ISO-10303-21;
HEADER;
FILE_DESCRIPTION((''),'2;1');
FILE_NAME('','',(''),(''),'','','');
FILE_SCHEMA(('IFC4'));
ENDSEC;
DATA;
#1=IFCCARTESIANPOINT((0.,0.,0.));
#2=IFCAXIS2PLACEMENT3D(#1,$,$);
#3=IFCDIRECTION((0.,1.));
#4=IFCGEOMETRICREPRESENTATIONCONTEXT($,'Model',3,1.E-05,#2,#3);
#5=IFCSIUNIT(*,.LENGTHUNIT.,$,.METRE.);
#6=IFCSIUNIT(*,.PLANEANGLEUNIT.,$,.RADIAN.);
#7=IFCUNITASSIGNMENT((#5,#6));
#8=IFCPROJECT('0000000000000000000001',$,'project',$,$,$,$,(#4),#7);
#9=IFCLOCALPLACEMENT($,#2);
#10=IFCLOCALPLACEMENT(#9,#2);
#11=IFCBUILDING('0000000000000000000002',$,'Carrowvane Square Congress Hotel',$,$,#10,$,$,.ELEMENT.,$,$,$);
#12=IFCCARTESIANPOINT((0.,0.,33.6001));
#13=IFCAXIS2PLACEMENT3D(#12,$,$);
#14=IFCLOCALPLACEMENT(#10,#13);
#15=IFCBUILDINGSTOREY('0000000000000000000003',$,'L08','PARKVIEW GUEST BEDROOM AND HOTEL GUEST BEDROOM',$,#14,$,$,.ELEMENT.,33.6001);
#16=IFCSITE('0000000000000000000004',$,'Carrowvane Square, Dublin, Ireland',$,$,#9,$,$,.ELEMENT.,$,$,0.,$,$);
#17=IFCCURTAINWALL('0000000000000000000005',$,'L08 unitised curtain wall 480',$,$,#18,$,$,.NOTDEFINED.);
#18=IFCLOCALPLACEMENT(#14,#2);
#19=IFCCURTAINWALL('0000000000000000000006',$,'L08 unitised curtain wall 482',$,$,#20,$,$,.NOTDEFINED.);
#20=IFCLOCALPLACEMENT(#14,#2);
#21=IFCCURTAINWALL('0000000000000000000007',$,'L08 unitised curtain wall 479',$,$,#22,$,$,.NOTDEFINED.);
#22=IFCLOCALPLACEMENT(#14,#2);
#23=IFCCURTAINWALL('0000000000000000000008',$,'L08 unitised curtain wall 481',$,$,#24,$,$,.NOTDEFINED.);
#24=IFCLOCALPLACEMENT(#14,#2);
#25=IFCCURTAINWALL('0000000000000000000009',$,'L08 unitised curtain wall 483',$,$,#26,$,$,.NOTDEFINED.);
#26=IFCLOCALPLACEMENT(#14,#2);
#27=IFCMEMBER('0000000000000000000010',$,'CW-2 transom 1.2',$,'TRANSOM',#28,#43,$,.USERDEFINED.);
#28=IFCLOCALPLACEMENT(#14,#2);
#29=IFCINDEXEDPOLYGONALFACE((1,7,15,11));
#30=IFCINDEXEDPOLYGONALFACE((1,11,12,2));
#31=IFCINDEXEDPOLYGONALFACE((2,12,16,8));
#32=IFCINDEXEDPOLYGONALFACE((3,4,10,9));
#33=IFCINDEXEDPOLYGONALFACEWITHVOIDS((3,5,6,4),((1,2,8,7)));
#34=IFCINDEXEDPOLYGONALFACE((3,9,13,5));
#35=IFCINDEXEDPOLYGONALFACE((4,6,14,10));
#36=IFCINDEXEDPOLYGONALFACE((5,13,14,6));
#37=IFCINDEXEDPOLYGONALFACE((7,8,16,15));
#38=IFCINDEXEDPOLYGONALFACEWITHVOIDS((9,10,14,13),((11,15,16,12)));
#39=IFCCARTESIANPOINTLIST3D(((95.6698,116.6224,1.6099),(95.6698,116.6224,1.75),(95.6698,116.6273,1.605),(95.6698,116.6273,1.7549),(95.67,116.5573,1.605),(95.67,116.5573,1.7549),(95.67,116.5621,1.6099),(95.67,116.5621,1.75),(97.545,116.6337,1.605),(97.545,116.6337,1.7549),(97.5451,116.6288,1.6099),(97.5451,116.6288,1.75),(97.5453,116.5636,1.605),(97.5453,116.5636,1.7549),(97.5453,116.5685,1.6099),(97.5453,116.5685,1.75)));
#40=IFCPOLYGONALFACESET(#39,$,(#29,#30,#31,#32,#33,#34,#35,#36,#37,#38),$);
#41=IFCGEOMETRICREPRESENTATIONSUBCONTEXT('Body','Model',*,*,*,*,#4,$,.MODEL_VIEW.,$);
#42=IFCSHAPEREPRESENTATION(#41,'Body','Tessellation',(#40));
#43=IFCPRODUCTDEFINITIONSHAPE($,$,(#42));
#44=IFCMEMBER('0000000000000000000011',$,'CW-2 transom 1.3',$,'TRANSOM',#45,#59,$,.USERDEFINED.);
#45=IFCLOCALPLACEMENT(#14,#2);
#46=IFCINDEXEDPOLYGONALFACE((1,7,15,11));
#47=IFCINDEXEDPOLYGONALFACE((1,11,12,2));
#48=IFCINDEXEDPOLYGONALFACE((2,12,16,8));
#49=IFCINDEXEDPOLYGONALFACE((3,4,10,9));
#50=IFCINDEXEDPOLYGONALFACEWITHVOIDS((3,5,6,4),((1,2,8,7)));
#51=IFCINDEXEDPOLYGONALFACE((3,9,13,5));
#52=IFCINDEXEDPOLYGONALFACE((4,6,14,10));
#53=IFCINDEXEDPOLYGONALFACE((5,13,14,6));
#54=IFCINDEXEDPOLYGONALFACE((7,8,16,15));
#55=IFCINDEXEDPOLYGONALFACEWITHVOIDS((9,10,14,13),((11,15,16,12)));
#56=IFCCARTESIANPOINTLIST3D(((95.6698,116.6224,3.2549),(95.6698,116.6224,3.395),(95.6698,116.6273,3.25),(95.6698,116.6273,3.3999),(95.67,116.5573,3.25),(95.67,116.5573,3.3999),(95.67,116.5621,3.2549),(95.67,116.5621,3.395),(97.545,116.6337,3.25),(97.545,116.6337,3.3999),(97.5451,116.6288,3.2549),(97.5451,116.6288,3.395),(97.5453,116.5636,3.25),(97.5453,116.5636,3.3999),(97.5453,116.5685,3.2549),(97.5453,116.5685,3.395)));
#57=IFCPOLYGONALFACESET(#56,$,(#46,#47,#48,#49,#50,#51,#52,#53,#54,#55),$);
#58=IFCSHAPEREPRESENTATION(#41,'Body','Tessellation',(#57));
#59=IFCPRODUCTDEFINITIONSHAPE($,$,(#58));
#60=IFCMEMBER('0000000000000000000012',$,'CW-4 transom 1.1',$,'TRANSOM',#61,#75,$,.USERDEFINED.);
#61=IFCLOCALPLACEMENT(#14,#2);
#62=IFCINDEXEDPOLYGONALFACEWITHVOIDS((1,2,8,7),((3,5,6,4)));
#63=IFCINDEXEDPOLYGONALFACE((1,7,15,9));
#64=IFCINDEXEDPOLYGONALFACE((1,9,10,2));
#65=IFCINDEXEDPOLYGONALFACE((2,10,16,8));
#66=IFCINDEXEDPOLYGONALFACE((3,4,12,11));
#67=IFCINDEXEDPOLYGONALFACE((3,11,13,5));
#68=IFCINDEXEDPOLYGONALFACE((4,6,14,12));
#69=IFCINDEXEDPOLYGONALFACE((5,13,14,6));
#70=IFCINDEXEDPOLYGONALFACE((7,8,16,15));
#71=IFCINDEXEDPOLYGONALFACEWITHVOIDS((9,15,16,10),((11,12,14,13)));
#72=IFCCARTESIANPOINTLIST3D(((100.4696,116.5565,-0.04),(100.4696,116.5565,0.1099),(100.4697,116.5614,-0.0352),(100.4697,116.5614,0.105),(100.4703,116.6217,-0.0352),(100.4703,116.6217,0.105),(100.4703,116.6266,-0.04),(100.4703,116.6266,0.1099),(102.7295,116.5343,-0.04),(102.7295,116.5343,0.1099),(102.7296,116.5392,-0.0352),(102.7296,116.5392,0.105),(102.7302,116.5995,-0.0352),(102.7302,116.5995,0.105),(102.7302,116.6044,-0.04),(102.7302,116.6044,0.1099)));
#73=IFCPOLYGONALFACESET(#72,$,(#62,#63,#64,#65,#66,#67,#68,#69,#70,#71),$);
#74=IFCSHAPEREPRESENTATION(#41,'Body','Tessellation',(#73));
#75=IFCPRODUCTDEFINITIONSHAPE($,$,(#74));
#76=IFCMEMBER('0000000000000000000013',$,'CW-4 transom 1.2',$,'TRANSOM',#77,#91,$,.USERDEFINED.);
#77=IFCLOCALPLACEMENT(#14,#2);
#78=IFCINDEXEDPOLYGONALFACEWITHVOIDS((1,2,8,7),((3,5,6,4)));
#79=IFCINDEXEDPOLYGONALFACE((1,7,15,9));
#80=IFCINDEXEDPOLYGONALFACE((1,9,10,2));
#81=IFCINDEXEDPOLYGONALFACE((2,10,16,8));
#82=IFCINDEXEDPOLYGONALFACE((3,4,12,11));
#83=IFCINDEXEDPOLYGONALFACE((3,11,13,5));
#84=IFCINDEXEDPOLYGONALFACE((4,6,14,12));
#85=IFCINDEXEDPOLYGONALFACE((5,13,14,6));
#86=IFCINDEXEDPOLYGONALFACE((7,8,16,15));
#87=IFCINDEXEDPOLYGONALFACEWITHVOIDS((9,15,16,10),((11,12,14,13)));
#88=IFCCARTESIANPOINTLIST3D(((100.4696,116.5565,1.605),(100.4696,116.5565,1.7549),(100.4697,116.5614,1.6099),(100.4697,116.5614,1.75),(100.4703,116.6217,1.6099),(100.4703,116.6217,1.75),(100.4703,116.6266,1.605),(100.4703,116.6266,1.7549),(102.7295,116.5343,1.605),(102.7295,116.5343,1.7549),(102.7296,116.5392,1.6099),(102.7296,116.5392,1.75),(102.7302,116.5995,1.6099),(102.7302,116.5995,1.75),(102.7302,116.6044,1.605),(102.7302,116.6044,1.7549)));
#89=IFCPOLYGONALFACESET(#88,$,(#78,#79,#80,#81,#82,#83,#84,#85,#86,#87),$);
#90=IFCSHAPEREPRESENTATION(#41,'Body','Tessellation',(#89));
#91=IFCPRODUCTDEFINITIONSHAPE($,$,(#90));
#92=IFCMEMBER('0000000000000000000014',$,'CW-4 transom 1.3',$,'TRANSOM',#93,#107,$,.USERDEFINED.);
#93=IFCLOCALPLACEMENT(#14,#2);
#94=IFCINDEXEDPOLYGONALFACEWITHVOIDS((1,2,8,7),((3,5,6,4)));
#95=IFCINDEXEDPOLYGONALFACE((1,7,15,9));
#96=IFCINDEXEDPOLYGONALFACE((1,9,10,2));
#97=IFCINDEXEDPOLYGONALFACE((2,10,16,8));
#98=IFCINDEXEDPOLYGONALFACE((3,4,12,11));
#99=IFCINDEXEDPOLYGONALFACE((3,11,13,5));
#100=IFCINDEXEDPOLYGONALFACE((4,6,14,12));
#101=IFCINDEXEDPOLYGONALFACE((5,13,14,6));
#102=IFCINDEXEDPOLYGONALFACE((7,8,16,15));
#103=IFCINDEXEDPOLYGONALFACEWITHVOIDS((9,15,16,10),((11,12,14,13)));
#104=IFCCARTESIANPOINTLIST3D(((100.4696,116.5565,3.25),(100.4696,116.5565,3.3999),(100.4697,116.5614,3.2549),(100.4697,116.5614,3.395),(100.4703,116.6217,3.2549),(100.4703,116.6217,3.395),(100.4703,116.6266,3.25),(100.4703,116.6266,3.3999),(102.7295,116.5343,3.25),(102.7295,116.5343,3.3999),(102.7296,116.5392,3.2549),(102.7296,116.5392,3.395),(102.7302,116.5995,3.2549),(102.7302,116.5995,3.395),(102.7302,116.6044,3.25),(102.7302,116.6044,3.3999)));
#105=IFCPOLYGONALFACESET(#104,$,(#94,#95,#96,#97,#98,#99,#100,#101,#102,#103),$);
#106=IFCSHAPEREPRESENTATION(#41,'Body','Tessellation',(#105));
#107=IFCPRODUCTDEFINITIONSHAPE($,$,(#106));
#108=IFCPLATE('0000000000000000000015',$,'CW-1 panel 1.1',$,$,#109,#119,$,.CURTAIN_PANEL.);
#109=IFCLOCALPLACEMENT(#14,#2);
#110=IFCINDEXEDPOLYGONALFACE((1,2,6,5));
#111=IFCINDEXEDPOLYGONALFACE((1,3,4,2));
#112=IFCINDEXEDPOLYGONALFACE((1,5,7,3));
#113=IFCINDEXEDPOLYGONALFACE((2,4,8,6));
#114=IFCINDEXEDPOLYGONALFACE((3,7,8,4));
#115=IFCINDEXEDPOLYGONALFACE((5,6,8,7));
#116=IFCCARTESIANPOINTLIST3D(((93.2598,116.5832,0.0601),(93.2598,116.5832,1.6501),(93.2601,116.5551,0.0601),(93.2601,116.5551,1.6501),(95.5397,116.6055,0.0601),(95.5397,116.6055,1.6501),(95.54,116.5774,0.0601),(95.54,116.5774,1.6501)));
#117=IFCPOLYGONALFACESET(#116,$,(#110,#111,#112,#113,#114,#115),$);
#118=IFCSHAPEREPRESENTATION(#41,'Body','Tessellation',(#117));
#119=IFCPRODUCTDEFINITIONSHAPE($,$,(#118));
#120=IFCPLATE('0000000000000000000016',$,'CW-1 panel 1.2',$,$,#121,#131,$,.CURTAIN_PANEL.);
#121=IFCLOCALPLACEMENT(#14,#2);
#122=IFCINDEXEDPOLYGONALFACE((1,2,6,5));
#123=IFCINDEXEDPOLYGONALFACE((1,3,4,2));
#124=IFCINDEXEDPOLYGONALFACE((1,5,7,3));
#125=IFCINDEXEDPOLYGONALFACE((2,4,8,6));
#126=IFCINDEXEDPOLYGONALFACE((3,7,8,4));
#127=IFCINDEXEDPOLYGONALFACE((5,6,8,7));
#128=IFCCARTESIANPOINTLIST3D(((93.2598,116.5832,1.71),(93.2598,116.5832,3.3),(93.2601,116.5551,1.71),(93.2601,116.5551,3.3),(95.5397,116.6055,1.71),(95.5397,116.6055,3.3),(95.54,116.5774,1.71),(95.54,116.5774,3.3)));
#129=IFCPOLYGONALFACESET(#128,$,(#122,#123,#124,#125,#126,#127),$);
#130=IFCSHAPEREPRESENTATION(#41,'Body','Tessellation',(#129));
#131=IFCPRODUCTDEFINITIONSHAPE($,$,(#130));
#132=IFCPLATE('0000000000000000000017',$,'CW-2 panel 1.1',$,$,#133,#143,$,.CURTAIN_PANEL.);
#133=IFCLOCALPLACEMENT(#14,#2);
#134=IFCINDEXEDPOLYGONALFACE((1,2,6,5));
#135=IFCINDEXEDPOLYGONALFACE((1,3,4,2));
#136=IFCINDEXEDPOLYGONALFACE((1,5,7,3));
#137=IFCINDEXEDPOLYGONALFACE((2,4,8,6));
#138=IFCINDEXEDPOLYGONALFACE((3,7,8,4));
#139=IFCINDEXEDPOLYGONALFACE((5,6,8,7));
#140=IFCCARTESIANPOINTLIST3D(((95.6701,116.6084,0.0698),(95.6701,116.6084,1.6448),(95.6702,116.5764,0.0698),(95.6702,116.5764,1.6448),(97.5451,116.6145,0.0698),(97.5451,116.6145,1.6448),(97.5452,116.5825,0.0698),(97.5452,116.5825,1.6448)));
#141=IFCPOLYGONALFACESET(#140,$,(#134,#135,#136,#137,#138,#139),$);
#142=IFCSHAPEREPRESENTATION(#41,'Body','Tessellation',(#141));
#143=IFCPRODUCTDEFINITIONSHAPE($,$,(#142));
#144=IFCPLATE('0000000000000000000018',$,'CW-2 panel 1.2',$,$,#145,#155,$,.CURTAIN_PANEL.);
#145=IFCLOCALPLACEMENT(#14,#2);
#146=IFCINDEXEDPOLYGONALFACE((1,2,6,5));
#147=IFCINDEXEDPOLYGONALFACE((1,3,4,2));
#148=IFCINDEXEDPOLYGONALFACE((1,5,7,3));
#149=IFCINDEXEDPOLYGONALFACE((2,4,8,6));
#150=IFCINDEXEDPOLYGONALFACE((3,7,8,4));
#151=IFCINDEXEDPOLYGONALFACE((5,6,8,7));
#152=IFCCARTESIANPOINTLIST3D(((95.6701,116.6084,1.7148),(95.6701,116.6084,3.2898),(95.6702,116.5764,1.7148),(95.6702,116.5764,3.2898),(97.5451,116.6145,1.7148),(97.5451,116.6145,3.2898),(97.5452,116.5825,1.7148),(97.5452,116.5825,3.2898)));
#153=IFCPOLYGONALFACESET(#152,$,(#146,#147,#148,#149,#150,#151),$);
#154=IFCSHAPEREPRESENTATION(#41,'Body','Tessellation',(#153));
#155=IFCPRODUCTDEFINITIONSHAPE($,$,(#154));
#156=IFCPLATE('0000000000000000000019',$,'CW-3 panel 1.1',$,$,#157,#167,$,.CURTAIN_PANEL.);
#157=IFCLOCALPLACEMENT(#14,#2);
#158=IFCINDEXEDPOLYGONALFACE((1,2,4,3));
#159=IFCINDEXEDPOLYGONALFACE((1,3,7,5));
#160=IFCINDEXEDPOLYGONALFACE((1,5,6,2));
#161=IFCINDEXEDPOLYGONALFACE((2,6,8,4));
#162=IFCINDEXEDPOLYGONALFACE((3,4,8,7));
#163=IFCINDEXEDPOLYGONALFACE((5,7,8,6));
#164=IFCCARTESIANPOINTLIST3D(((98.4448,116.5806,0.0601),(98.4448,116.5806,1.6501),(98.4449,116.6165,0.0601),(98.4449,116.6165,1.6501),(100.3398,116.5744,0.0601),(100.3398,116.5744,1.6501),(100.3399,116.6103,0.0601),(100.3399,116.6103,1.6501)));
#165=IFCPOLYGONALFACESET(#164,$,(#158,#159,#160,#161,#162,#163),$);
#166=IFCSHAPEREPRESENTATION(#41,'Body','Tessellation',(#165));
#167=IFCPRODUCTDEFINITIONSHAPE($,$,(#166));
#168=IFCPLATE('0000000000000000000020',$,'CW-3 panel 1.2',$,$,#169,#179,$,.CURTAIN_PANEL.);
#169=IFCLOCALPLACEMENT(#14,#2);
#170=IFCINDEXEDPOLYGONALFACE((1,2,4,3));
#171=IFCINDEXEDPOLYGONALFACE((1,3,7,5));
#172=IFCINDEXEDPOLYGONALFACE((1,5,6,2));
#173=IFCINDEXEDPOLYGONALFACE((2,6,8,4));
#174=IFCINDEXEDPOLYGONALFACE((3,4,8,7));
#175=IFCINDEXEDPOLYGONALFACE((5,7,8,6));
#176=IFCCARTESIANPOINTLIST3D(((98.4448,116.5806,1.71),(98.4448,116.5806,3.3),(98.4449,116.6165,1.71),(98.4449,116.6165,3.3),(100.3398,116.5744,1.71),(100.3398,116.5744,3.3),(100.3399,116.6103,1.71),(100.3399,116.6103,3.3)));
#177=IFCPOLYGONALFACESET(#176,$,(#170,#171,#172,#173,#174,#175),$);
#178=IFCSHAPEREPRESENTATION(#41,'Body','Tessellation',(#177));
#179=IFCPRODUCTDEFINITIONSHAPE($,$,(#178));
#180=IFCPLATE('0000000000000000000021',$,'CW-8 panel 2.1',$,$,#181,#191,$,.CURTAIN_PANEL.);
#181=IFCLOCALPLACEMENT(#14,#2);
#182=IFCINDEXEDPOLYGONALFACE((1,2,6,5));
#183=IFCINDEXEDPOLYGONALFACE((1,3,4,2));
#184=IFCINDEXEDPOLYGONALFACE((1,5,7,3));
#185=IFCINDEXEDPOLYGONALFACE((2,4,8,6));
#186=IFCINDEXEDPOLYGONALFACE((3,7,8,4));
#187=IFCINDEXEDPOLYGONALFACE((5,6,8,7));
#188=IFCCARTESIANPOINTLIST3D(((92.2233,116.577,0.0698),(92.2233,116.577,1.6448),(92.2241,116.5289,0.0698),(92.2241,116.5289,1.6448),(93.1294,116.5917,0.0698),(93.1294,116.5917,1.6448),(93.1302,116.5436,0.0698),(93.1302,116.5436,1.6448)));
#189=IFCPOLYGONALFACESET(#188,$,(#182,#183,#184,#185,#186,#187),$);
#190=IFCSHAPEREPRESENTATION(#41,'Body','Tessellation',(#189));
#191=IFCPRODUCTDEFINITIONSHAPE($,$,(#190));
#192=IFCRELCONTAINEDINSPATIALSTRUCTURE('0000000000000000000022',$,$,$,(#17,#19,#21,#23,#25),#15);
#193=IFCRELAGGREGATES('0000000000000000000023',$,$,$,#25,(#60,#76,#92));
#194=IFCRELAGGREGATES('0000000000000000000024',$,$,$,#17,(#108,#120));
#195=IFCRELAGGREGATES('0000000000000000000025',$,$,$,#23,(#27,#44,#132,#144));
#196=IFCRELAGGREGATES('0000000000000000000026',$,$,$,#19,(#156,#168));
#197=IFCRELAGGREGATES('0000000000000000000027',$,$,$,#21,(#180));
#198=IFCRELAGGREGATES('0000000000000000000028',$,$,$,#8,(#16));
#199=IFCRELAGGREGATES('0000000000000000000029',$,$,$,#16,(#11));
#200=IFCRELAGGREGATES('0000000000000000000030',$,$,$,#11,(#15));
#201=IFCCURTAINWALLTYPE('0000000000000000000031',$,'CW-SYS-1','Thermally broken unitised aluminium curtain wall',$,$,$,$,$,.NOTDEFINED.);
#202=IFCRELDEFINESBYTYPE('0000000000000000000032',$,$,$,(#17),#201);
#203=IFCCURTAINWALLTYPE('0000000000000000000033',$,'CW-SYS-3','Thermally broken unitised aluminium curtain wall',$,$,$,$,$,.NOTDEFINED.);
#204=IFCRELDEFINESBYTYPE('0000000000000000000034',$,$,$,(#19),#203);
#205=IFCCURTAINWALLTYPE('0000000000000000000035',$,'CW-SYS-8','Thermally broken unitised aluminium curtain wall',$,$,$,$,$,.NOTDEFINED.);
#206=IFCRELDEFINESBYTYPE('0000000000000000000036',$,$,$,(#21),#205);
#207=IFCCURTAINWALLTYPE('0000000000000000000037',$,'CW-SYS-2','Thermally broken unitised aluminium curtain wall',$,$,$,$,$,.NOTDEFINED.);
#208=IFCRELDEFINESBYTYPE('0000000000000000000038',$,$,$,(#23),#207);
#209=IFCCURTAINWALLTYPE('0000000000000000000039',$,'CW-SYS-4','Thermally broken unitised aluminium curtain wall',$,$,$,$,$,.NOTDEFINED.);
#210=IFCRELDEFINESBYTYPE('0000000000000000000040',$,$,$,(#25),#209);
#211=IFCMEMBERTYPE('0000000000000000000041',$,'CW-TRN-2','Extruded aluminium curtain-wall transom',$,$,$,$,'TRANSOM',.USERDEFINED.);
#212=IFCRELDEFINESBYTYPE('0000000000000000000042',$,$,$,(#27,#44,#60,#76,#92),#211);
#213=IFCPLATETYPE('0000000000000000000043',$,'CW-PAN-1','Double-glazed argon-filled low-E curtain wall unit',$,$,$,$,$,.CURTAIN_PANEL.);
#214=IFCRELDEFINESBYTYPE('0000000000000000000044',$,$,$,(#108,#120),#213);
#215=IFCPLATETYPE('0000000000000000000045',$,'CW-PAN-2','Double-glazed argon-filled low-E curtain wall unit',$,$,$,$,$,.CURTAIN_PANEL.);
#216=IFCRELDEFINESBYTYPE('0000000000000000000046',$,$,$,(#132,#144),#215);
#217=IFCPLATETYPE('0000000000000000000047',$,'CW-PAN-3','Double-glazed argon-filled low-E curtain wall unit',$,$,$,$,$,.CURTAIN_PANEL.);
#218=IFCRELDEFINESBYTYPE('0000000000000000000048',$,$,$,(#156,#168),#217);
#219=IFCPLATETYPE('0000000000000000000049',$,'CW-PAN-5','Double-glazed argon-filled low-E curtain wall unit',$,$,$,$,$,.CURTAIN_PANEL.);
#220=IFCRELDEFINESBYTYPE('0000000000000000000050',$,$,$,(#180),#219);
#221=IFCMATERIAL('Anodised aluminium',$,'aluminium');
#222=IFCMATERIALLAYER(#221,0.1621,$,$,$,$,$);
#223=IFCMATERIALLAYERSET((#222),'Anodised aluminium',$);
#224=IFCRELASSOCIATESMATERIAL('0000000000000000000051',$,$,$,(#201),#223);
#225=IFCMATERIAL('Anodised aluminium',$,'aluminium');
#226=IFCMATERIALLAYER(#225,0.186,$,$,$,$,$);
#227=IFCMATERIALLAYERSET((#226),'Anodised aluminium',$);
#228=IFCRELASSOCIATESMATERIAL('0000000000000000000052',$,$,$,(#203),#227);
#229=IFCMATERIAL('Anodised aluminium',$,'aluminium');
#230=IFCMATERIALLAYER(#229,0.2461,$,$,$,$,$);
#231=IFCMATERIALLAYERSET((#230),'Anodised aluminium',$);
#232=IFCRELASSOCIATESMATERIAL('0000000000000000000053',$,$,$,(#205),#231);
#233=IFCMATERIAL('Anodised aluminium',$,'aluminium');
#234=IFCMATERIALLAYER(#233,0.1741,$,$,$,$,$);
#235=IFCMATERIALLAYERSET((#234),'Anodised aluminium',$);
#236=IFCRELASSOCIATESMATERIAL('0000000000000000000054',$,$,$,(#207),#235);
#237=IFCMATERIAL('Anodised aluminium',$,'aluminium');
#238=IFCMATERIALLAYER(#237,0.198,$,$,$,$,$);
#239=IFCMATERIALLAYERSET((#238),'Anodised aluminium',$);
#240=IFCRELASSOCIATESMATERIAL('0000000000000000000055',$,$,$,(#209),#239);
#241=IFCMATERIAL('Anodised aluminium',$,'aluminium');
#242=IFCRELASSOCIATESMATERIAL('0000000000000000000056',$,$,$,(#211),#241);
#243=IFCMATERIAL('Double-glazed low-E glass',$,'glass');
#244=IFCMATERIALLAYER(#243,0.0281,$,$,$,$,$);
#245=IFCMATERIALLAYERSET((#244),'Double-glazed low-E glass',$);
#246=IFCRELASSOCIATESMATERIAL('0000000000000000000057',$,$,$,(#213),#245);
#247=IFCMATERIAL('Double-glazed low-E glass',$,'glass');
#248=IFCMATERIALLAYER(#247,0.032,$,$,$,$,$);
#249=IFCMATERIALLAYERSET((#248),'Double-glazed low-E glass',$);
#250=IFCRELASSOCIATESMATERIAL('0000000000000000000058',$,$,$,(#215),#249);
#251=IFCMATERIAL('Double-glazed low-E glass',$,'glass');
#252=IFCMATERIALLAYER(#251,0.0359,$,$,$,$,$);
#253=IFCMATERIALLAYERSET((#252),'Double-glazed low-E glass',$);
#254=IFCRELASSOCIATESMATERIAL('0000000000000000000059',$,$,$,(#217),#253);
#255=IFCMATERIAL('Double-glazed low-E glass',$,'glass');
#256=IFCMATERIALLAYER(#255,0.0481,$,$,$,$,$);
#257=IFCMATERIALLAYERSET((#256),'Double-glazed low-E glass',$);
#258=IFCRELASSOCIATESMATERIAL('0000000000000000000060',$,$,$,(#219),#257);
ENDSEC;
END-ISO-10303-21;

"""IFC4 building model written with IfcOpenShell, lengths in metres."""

from ifc_helpers import new_model, si_unit, direction, frame, origin, origin_2d, place, context, subcontext, project, spatial, rectangle, hollow_rectangle, extrude, material, layer, layer_set, material_profile, profile_set, type_object, element, aggregate, save


model = new_model("IFC4")

# Units and contexts
model_context = context("Model", 3, precision=1e-05, world=origin(), true_north=direction((0.0, 1.0)))
body_context = subcontext(model_context, "Body", "Model", "MODEL_VIEW")
ifc_project = project(units=[si_unit("LENGTHUNIT", "METRE"), si_unit("PLANEANGLEUNIT", "RADIAN")], contexts=[model_context])

# Site, building, storey
site_placement = place(None, origin())
site = spatial("IfcSite", under=ifc_project, at=site_placement, Name="Carrowvane Square, Dublin, Ireland", CompositionType="ELEMENT", RefElevation=0.0)
building_placement = place(site_placement, origin())
building = spatial("IfcBuilding", under=site, at=building_placement, Name="Carrowvane Square Congress Hotel", CompositionType="ELEMENT")
storey_placement = place(building_placement, frame((0.0, 0.0, 33.6001)))
storey = spatial("IfcBuildingStorey", under=building, at=storey_placement, Name="L08", Description="PARKVIEW GUEST BEDROOM AND HOTEL GUEST BEDROOM", CompositionType="ELEMENT", Elevation=33.6001)

# Curtain walls
ifc_material_1 = material(Name="Anodised aluminium", Category="aluminium")
ifc_layer_1 = layer(ifc_material_1, 0.1621)
ifc_layer_set_1 = layer_set([ifc_layer_1], Name="Anodised aluminium")
curtain_wall_type_1 = type_object("IfcCurtainWallType", Name="CW-SYS-1", Description="Thermally broken unitised aluminium curtain wall", PredefinedType="NOTDEFINED", material=ifc_layer_set_1)
curtain_wall_1_placement = place(storey_placement, origin())
curtain_wall_1 = element("IfcCurtainWall", 1, at=curtain_wall_1_placement, inside=storey, type_object=curtain_wall_type_1, Name="L08 unitised curtain wall 480", PredefinedType="NOTDEFINED")
ifc_material_2 = material(Name="Anodised aluminium", Category="aluminium")
ifc_layer_2 = layer(ifc_material_2, 0.186)
ifc_layer_set_2 = layer_set([ifc_layer_2], Name="Anodised aluminium")
curtain_wall_type_2 = type_object("IfcCurtainWallType", Name="CW-SYS-3", Description="Thermally broken unitised aluminium curtain wall", PredefinedType="NOTDEFINED", material=ifc_layer_set_2)
curtain_wall_2_placement = place(storey_placement, origin())
curtain_wall_2 = element("IfcCurtainWall", 2, at=curtain_wall_2_placement, inside=storey, type_object=curtain_wall_type_2, Name="L08 unitised curtain wall 482", PredefinedType="NOTDEFINED")

# Curtain wall
ifc_material_3 = material(Name="Anodised aluminium", Category="aluminium")
ifc_layer_3 = layer(ifc_material_3, 0.2461)
ifc_layer_set_3 = layer_set([ifc_layer_3], Name="Anodised aluminium")
curtain_wall_type_3 = type_object("IfcCurtainWallType", Name="CW-SYS-8", Description="Thermally broken unitised aluminium curtain wall", PredefinedType="NOTDEFINED", material=ifc_layer_set_3)
curtain_wall_3_placement = place(storey_placement, origin())
curtain_wall_3 = element("IfcCurtainWall", 3, at=curtain_wall_3_placement, inside=storey, type_object=curtain_wall_type_3, Name="L08 unitised curtain wall 479", PredefinedType="NOTDEFINED")

# Curtain wall
ifc_material_4 = material(Name="Anodised aluminium", Category="aluminium")
ifc_layer_4 = layer(ifc_material_4, 0.1741)
ifc_layer_set_4 = layer_set([ifc_layer_4], Name="Anodised aluminium")
curtain_wall_type_4 = type_object("IfcCurtainWallType", Name="CW-SYS-2", Description="Thermally broken unitised aluminium curtain wall", PredefinedType="NOTDEFINED", material=ifc_layer_set_4)
curtain_wall_4_placement = place(storey_placement, origin())
curtain_wall_4 = element("IfcCurtainWall", 4, at=curtain_wall_4_placement, inside=storey, type_object=curtain_wall_type_4, Name="L08 unitised curtain wall 481", PredefinedType="NOTDEFINED")

# Curtain wall
ifc_material_5 = material(Name="Anodised aluminium", Category="aluminium")
ifc_layer_5 = layer(ifc_material_5, 0.198)
ifc_layer_set_5 = layer_set([ifc_layer_5], Name="Anodised aluminium")
curtain_wall_type_5 = type_object("IfcCurtainWallType", Name="CW-SYS-4", Description="Thermally broken unitised aluminium curtain wall", PredefinedType="NOTDEFINED", material=ifc_layer_set_5)
curtain_wall_5_placement = place(storey_placement, origin())
curtain_wall_5 = element("IfcCurtainWall", 5, at=curtain_wall_5_placement, inside=storey, type_object=curtain_wall_type_5, Name="L08 unitised curtain wall 483", PredefinedType="NOTDEFINED")

# Members
ifc_material_6 = material(Name="Anodised aluminium", Category="aluminium")
ifc_material_profile_1 = material_profile(ifc_material_6, hollow_rectangle(XDim=0.0701, YDim=0.1499, WallThickness=0.0049, at=origin_2d()), Name="CW-TR 70x150x5")
ifc_profile_set_1 = profile_set([ifc_material_profile_1], Name="Anodised aluminium")
member_type_1 = type_object("IfcMemberType", Name="CW-TRN-2", Description="Extruded aluminium curtain-wall transom", ElementType="TRANSOM", PredefinedType="USERDEFINED", material=ifc_profile_set_1)
member_1_placement = place(storey_placement, frame((95.6699, 116.5923, 1.6799), z_axis=(0.999994, 0.003385, 0.0), x_axis=(-0.003385, 0.999994, 0.0)))
member_1 = element("IfcMember", 6, at=member_1_placement, type_object=member_type_1, Name="CW-2 transom 1.2", ObjectType="TRANSOM", PredefinedType="USERDEFINED", context=body_context, shape_type="SweptSolid", body=[
    extrude(hollow_rectangle(XDim=0.0701, YDim=0.1499, WallThickness=0.0049, at=origin_2d()), origin(), (0.0, 0.0, 1.0), 1.8752),
])
member_2_placement = place(storey_placement, frame((95.6699, 116.5923, 3.325), z_axis=(0.999994, 0.003385, 0.0), x_axis=(-0.003385, 0.999994, 0.0)))
member_2 = element("IfcMember", 7, at=member_2_placement, type_object=member_type_1, Name="CW-2 transom 1.3", ObjectType="TRANSOM", PredefinedType="USERDEFINED", context=body_context, shape_type="SweptSolid", body=[
    extrude(hollow_rectangle(XDim=0.0701, YDim=0.1499, WallThickness=0.0049, at=origin_2d()), origin(), (0.0, 0.0, 1.0), 1.8752),
])
member_3_placement = place(storey_placement, frame((100.47, 116.5916, 0.0349), z_axis=(0.999952, -0.00983, 0.0), x_axis=(0.00983, 0.999952, 0.0)))
member_3 = element("IfcMember", 8, at=member_3_placement, type_object=member_type_1, Name="CW-4 transom 1.1", ObjectType="TRANSOM", PredefinedType="USERDEFINED", context=body_context, shape_type="SweptSolid", body=[
    extrude(hollow_rectangle(XDim=0.0701, YDim=0.1499, WallThickness=0.0049, at=origin_2d()), origin(), (0.0, 0.0, 1.0), 2.26),
])
member_4_placement = place(storey_placement, frame((100.47, 116.5916, 1.6799), z_axis=(0.999952, -0.00983, 0.0), x_axis=(0.00983, 0.999952, 0.0)))
member_4 = element("IfcMember", 9, at=member_4_placement, type_object=member_type_1, Name="CW-4 transom 1.2", ObjectType="TRANSOM", PredefinedType="USERDEFINED", context=body_context, shape_type="SweptSolid", body=[
    extrude(hollow_rectangle(XDim=0.0701, YDim=0.1499, WallThickness=0.0049, at=origin_2d()), origin(), (0.0, 0.0, 1.0), 2.26),
])
member_5_placement = place(storey_placement, frame((100.47, 116.5916, 3.325), z_axis=(0.999952, -0.00983, 0.0), x_axis=(0.00983, 0.999952, 0.0)))
member_5 = element("IfcMember", 10, at=member_5_placement, type_object=member_type_1, Name="CW-4 transom 1.3", ObjectType="TRANSOM", PredefinedType="USERDEFINED", context=body_context, shape_type="SweptSolid", body=[
    extrude(hollow_rectangle(XDim=0.0701, YDim=0.1499, WallThickness=0.0049, at=origin_2d()), origin(), (0.0, 0.0, 1.0), 2.26),
])
aggregate(curtain_wall_5, [member_3, member_4, member_5])

# Plates
ifc_material_7 = material(Name="Double-glazed low-E glass", Category="glass")
ifc_layer_6 = layer(ifc_material_7, 0.0281)
ifc_layer_set_6 = layer_set([ifc_layer_6], Name="Double-glazed low-E glass")
plate_type_1 = type_object("IfcPlateType", Name="CW-PAN-1", Description="Double-glazed argon-filled low-E curtain wall unit", PredefinedType="CURTAIN_PANEL", material=ifc_layer_set_6)
plate_1_placement = place(storey_placement, frame((94.3999, 116.5803, 0.0601), z_axis=(0.0, 0.0, 1.0), x_axis=(0.999952, 0.009783, 0.0)))
plate_1 = element("IfcPlate", 11, at=plate_1_placement, type_object=plate_type_1, Name="CW-1 panel 1.1", PredefinedType="CURTAIN_PANEL", context=body_context, shape_type="SweptSolid", body=[
    extrude(rectangle(XDim=2.28, YDim=0.0281, at=origin_2d()), origin(), (0.0, 0.0, 1.0), 1.5901),
])
plate_2_placement = place(storey_placement, frame((94.3999, 116.5803, 1.71), z_axis=(0.0, 0.0, 1.0), x_axis=(0.999952, 0.009783, 0.0)))
plate_2 = element("IfcPlate", 12, at=plate_2_placement, type_object=plate_type_1, Name="CW-1 panel 1.2", PredefinedType="CURTAIN_PANEL", context=body_context, shape_type="SweptSolid", body=[
    extrude(rectangle(XDim=2.28, YDim=0.0281, at=origin_2d()), origin(), (0.0, 0.0, 1.0), 1.5901),
])
aggregate(curtain_wall_1, [plate_1, plate_2])
ifc_material_8 = material(Name="Double-glazed low-E glass", Category="glass")
ifc_layer_7 = layer(ifc_material_8, 0.032)
ifc_layer_set_7 = layer_set([ifc_layer_7], Name="Double-glazed low-E glass")
plate_type_2 = type_object("IfcPlateType", Name="CW-PAN-2", Description="Double-glazed argon-filled low-E curtain wall unit", PredefinedType="CURTAIN_PANEL", material=ifc_layer_set_7)
plate_3_placement = place(storey_placement, frame((96.6077, 116.5955, 0.0698), z_axis=(0.0, 0.0, 1.0), x_axis=(0.999995, 0.00327, 0.0)))
plate_3 = element("IfcPlate", 13, at=plate_3_placement, type_object=plate_type_2, Name="CW-2 panel 1.1", PredefinedType="CURTAIN_PANEL", context=body_context, shape_type="SweptSolid", body=[
    extrude(rectangle(XDim=1.875, YDim=0.032, at=origin_2d()), origin(), (0.0, 0.0, 1.0), 1.575),
])
plate_4_placement = place(storey_placement, frame((96.6077, 116.5955, 1.7148), z_axis=(0.0, 0.0, 1.0), x_axis=(0.999995, 0.00327, 0.0)))
plate_4 = element("IfcPlate", 14, at=plate_4_placement, type_object=plate_type_2, Name="CW-2 panel 1.2", PredefinedType="CURTAIN_PANEL", context=body_context, shape_type="SweptSolid", body=[
    extrude(rectangle(XDim=1.875, YDim=0.032, at=origin_2d()), origin(), (0.0, 0.0, 1.0), 1.575),
])
aggregate(curtain_wall_4, [member_1, member_2, plate_3, plate_4])
ifc_material_9 = material(Name="Double-glazed low-E glass", Category="glass")
ifc_layer_8 = layer(ifc_material_9, 0.0359)
ifc_layer_set_8 = layer_set([ifc_layer_8], Name="Double-glazed low-E glass")
plate_type_3 = type_object("IfcPlateType", Name="CW-PAN-3", Description="Double-glazed argon-filled low-E curtain wall unit", PredefinedType="CURTAIN_PANEL", material=ifc_layer_set_8)
plate_5_placement = place(storey_placement, frame((99.3923, 116.5955, 0.0601), z_axis=(0.0, 0.0, 1.0), x_axis=(0.999995, -0.00327, 0.0)))
plate_5 = element("IfcPlate", 15, at=plate_5_placement, type_object=plate_type_3, Name="CW-3 panel 1.1", PredefinedType="CURTAIN_PANEL", context=body_context, shape_type="SweptSolid", body=[
    extrude(rectangle(XDim=1.895, YDim=0.0359, at=origin_2d()), origin(), (0.0, 0.0, 1.0), 1.5901),
])
plate_6_placement = place(storey_placement, frame((99.3923, 116.5955, 1.71), z_axis=(0.0, 0.0, 1.0), x_axis=(0.999995, -0.00327, 0.0)))
plate_6 = element("IfcPlate", 16, at=plate_6_placement, type_object=plate_type_3, Name="CW-3 panel 1.2", PredefinedType="CURTAIN_PANEL", context=body_context, shape_type="SweptSolid", body=[
    extrude(rectangle(XDim=1.895, YDim=0.0359, at=origin_2d()), origin(), (0.0, 0.0, 1.0), 1.5901),
])
aggregate(curtain_wall_2, [plate_5, plate_6])
ifc_material_10 = material(Name="Double-glazed low-E glass", Category="glass")
ifc_layer_9 = layer(ifc_material_10, 0.0481)
ifc_layer_set_9 = layer_set([ifc_layer_9], Name="Double-glazed low-E glass")
plate_type_4 = type_object("IfcPlateType", Name="CW-PAN-5", Description="Double-glazed argon-filled low-E curtain wall unit", PredefinedType="CURTAIN_PANEL", material=ifc_layer_set_9)
plate_7_placement = place(storey_placement, frame((92.6768, 116.5603, 0.0698), z_axis=(0.0, 0.0, 1.0), x_axis=(0.999869, 0.016216, 0.0)))
plate_7 = element("IfcPlate", 17, at=plate_7_placement, type_object=plate_type_4, Name="CW-8 panel 2.1", PredefinedType="CURTAIN_PANEL", context=body_context, shape_type="SweptSolid", body=[
    extrude(rectangle(XDim=0.9062, YDim=0.0481, at=origin_2d()), origin(), (0.0, 0.0, 1.0), 1.575),
])
aggregate(curtain_wall_3, [plate_7])

save(model, "model.ifc")
